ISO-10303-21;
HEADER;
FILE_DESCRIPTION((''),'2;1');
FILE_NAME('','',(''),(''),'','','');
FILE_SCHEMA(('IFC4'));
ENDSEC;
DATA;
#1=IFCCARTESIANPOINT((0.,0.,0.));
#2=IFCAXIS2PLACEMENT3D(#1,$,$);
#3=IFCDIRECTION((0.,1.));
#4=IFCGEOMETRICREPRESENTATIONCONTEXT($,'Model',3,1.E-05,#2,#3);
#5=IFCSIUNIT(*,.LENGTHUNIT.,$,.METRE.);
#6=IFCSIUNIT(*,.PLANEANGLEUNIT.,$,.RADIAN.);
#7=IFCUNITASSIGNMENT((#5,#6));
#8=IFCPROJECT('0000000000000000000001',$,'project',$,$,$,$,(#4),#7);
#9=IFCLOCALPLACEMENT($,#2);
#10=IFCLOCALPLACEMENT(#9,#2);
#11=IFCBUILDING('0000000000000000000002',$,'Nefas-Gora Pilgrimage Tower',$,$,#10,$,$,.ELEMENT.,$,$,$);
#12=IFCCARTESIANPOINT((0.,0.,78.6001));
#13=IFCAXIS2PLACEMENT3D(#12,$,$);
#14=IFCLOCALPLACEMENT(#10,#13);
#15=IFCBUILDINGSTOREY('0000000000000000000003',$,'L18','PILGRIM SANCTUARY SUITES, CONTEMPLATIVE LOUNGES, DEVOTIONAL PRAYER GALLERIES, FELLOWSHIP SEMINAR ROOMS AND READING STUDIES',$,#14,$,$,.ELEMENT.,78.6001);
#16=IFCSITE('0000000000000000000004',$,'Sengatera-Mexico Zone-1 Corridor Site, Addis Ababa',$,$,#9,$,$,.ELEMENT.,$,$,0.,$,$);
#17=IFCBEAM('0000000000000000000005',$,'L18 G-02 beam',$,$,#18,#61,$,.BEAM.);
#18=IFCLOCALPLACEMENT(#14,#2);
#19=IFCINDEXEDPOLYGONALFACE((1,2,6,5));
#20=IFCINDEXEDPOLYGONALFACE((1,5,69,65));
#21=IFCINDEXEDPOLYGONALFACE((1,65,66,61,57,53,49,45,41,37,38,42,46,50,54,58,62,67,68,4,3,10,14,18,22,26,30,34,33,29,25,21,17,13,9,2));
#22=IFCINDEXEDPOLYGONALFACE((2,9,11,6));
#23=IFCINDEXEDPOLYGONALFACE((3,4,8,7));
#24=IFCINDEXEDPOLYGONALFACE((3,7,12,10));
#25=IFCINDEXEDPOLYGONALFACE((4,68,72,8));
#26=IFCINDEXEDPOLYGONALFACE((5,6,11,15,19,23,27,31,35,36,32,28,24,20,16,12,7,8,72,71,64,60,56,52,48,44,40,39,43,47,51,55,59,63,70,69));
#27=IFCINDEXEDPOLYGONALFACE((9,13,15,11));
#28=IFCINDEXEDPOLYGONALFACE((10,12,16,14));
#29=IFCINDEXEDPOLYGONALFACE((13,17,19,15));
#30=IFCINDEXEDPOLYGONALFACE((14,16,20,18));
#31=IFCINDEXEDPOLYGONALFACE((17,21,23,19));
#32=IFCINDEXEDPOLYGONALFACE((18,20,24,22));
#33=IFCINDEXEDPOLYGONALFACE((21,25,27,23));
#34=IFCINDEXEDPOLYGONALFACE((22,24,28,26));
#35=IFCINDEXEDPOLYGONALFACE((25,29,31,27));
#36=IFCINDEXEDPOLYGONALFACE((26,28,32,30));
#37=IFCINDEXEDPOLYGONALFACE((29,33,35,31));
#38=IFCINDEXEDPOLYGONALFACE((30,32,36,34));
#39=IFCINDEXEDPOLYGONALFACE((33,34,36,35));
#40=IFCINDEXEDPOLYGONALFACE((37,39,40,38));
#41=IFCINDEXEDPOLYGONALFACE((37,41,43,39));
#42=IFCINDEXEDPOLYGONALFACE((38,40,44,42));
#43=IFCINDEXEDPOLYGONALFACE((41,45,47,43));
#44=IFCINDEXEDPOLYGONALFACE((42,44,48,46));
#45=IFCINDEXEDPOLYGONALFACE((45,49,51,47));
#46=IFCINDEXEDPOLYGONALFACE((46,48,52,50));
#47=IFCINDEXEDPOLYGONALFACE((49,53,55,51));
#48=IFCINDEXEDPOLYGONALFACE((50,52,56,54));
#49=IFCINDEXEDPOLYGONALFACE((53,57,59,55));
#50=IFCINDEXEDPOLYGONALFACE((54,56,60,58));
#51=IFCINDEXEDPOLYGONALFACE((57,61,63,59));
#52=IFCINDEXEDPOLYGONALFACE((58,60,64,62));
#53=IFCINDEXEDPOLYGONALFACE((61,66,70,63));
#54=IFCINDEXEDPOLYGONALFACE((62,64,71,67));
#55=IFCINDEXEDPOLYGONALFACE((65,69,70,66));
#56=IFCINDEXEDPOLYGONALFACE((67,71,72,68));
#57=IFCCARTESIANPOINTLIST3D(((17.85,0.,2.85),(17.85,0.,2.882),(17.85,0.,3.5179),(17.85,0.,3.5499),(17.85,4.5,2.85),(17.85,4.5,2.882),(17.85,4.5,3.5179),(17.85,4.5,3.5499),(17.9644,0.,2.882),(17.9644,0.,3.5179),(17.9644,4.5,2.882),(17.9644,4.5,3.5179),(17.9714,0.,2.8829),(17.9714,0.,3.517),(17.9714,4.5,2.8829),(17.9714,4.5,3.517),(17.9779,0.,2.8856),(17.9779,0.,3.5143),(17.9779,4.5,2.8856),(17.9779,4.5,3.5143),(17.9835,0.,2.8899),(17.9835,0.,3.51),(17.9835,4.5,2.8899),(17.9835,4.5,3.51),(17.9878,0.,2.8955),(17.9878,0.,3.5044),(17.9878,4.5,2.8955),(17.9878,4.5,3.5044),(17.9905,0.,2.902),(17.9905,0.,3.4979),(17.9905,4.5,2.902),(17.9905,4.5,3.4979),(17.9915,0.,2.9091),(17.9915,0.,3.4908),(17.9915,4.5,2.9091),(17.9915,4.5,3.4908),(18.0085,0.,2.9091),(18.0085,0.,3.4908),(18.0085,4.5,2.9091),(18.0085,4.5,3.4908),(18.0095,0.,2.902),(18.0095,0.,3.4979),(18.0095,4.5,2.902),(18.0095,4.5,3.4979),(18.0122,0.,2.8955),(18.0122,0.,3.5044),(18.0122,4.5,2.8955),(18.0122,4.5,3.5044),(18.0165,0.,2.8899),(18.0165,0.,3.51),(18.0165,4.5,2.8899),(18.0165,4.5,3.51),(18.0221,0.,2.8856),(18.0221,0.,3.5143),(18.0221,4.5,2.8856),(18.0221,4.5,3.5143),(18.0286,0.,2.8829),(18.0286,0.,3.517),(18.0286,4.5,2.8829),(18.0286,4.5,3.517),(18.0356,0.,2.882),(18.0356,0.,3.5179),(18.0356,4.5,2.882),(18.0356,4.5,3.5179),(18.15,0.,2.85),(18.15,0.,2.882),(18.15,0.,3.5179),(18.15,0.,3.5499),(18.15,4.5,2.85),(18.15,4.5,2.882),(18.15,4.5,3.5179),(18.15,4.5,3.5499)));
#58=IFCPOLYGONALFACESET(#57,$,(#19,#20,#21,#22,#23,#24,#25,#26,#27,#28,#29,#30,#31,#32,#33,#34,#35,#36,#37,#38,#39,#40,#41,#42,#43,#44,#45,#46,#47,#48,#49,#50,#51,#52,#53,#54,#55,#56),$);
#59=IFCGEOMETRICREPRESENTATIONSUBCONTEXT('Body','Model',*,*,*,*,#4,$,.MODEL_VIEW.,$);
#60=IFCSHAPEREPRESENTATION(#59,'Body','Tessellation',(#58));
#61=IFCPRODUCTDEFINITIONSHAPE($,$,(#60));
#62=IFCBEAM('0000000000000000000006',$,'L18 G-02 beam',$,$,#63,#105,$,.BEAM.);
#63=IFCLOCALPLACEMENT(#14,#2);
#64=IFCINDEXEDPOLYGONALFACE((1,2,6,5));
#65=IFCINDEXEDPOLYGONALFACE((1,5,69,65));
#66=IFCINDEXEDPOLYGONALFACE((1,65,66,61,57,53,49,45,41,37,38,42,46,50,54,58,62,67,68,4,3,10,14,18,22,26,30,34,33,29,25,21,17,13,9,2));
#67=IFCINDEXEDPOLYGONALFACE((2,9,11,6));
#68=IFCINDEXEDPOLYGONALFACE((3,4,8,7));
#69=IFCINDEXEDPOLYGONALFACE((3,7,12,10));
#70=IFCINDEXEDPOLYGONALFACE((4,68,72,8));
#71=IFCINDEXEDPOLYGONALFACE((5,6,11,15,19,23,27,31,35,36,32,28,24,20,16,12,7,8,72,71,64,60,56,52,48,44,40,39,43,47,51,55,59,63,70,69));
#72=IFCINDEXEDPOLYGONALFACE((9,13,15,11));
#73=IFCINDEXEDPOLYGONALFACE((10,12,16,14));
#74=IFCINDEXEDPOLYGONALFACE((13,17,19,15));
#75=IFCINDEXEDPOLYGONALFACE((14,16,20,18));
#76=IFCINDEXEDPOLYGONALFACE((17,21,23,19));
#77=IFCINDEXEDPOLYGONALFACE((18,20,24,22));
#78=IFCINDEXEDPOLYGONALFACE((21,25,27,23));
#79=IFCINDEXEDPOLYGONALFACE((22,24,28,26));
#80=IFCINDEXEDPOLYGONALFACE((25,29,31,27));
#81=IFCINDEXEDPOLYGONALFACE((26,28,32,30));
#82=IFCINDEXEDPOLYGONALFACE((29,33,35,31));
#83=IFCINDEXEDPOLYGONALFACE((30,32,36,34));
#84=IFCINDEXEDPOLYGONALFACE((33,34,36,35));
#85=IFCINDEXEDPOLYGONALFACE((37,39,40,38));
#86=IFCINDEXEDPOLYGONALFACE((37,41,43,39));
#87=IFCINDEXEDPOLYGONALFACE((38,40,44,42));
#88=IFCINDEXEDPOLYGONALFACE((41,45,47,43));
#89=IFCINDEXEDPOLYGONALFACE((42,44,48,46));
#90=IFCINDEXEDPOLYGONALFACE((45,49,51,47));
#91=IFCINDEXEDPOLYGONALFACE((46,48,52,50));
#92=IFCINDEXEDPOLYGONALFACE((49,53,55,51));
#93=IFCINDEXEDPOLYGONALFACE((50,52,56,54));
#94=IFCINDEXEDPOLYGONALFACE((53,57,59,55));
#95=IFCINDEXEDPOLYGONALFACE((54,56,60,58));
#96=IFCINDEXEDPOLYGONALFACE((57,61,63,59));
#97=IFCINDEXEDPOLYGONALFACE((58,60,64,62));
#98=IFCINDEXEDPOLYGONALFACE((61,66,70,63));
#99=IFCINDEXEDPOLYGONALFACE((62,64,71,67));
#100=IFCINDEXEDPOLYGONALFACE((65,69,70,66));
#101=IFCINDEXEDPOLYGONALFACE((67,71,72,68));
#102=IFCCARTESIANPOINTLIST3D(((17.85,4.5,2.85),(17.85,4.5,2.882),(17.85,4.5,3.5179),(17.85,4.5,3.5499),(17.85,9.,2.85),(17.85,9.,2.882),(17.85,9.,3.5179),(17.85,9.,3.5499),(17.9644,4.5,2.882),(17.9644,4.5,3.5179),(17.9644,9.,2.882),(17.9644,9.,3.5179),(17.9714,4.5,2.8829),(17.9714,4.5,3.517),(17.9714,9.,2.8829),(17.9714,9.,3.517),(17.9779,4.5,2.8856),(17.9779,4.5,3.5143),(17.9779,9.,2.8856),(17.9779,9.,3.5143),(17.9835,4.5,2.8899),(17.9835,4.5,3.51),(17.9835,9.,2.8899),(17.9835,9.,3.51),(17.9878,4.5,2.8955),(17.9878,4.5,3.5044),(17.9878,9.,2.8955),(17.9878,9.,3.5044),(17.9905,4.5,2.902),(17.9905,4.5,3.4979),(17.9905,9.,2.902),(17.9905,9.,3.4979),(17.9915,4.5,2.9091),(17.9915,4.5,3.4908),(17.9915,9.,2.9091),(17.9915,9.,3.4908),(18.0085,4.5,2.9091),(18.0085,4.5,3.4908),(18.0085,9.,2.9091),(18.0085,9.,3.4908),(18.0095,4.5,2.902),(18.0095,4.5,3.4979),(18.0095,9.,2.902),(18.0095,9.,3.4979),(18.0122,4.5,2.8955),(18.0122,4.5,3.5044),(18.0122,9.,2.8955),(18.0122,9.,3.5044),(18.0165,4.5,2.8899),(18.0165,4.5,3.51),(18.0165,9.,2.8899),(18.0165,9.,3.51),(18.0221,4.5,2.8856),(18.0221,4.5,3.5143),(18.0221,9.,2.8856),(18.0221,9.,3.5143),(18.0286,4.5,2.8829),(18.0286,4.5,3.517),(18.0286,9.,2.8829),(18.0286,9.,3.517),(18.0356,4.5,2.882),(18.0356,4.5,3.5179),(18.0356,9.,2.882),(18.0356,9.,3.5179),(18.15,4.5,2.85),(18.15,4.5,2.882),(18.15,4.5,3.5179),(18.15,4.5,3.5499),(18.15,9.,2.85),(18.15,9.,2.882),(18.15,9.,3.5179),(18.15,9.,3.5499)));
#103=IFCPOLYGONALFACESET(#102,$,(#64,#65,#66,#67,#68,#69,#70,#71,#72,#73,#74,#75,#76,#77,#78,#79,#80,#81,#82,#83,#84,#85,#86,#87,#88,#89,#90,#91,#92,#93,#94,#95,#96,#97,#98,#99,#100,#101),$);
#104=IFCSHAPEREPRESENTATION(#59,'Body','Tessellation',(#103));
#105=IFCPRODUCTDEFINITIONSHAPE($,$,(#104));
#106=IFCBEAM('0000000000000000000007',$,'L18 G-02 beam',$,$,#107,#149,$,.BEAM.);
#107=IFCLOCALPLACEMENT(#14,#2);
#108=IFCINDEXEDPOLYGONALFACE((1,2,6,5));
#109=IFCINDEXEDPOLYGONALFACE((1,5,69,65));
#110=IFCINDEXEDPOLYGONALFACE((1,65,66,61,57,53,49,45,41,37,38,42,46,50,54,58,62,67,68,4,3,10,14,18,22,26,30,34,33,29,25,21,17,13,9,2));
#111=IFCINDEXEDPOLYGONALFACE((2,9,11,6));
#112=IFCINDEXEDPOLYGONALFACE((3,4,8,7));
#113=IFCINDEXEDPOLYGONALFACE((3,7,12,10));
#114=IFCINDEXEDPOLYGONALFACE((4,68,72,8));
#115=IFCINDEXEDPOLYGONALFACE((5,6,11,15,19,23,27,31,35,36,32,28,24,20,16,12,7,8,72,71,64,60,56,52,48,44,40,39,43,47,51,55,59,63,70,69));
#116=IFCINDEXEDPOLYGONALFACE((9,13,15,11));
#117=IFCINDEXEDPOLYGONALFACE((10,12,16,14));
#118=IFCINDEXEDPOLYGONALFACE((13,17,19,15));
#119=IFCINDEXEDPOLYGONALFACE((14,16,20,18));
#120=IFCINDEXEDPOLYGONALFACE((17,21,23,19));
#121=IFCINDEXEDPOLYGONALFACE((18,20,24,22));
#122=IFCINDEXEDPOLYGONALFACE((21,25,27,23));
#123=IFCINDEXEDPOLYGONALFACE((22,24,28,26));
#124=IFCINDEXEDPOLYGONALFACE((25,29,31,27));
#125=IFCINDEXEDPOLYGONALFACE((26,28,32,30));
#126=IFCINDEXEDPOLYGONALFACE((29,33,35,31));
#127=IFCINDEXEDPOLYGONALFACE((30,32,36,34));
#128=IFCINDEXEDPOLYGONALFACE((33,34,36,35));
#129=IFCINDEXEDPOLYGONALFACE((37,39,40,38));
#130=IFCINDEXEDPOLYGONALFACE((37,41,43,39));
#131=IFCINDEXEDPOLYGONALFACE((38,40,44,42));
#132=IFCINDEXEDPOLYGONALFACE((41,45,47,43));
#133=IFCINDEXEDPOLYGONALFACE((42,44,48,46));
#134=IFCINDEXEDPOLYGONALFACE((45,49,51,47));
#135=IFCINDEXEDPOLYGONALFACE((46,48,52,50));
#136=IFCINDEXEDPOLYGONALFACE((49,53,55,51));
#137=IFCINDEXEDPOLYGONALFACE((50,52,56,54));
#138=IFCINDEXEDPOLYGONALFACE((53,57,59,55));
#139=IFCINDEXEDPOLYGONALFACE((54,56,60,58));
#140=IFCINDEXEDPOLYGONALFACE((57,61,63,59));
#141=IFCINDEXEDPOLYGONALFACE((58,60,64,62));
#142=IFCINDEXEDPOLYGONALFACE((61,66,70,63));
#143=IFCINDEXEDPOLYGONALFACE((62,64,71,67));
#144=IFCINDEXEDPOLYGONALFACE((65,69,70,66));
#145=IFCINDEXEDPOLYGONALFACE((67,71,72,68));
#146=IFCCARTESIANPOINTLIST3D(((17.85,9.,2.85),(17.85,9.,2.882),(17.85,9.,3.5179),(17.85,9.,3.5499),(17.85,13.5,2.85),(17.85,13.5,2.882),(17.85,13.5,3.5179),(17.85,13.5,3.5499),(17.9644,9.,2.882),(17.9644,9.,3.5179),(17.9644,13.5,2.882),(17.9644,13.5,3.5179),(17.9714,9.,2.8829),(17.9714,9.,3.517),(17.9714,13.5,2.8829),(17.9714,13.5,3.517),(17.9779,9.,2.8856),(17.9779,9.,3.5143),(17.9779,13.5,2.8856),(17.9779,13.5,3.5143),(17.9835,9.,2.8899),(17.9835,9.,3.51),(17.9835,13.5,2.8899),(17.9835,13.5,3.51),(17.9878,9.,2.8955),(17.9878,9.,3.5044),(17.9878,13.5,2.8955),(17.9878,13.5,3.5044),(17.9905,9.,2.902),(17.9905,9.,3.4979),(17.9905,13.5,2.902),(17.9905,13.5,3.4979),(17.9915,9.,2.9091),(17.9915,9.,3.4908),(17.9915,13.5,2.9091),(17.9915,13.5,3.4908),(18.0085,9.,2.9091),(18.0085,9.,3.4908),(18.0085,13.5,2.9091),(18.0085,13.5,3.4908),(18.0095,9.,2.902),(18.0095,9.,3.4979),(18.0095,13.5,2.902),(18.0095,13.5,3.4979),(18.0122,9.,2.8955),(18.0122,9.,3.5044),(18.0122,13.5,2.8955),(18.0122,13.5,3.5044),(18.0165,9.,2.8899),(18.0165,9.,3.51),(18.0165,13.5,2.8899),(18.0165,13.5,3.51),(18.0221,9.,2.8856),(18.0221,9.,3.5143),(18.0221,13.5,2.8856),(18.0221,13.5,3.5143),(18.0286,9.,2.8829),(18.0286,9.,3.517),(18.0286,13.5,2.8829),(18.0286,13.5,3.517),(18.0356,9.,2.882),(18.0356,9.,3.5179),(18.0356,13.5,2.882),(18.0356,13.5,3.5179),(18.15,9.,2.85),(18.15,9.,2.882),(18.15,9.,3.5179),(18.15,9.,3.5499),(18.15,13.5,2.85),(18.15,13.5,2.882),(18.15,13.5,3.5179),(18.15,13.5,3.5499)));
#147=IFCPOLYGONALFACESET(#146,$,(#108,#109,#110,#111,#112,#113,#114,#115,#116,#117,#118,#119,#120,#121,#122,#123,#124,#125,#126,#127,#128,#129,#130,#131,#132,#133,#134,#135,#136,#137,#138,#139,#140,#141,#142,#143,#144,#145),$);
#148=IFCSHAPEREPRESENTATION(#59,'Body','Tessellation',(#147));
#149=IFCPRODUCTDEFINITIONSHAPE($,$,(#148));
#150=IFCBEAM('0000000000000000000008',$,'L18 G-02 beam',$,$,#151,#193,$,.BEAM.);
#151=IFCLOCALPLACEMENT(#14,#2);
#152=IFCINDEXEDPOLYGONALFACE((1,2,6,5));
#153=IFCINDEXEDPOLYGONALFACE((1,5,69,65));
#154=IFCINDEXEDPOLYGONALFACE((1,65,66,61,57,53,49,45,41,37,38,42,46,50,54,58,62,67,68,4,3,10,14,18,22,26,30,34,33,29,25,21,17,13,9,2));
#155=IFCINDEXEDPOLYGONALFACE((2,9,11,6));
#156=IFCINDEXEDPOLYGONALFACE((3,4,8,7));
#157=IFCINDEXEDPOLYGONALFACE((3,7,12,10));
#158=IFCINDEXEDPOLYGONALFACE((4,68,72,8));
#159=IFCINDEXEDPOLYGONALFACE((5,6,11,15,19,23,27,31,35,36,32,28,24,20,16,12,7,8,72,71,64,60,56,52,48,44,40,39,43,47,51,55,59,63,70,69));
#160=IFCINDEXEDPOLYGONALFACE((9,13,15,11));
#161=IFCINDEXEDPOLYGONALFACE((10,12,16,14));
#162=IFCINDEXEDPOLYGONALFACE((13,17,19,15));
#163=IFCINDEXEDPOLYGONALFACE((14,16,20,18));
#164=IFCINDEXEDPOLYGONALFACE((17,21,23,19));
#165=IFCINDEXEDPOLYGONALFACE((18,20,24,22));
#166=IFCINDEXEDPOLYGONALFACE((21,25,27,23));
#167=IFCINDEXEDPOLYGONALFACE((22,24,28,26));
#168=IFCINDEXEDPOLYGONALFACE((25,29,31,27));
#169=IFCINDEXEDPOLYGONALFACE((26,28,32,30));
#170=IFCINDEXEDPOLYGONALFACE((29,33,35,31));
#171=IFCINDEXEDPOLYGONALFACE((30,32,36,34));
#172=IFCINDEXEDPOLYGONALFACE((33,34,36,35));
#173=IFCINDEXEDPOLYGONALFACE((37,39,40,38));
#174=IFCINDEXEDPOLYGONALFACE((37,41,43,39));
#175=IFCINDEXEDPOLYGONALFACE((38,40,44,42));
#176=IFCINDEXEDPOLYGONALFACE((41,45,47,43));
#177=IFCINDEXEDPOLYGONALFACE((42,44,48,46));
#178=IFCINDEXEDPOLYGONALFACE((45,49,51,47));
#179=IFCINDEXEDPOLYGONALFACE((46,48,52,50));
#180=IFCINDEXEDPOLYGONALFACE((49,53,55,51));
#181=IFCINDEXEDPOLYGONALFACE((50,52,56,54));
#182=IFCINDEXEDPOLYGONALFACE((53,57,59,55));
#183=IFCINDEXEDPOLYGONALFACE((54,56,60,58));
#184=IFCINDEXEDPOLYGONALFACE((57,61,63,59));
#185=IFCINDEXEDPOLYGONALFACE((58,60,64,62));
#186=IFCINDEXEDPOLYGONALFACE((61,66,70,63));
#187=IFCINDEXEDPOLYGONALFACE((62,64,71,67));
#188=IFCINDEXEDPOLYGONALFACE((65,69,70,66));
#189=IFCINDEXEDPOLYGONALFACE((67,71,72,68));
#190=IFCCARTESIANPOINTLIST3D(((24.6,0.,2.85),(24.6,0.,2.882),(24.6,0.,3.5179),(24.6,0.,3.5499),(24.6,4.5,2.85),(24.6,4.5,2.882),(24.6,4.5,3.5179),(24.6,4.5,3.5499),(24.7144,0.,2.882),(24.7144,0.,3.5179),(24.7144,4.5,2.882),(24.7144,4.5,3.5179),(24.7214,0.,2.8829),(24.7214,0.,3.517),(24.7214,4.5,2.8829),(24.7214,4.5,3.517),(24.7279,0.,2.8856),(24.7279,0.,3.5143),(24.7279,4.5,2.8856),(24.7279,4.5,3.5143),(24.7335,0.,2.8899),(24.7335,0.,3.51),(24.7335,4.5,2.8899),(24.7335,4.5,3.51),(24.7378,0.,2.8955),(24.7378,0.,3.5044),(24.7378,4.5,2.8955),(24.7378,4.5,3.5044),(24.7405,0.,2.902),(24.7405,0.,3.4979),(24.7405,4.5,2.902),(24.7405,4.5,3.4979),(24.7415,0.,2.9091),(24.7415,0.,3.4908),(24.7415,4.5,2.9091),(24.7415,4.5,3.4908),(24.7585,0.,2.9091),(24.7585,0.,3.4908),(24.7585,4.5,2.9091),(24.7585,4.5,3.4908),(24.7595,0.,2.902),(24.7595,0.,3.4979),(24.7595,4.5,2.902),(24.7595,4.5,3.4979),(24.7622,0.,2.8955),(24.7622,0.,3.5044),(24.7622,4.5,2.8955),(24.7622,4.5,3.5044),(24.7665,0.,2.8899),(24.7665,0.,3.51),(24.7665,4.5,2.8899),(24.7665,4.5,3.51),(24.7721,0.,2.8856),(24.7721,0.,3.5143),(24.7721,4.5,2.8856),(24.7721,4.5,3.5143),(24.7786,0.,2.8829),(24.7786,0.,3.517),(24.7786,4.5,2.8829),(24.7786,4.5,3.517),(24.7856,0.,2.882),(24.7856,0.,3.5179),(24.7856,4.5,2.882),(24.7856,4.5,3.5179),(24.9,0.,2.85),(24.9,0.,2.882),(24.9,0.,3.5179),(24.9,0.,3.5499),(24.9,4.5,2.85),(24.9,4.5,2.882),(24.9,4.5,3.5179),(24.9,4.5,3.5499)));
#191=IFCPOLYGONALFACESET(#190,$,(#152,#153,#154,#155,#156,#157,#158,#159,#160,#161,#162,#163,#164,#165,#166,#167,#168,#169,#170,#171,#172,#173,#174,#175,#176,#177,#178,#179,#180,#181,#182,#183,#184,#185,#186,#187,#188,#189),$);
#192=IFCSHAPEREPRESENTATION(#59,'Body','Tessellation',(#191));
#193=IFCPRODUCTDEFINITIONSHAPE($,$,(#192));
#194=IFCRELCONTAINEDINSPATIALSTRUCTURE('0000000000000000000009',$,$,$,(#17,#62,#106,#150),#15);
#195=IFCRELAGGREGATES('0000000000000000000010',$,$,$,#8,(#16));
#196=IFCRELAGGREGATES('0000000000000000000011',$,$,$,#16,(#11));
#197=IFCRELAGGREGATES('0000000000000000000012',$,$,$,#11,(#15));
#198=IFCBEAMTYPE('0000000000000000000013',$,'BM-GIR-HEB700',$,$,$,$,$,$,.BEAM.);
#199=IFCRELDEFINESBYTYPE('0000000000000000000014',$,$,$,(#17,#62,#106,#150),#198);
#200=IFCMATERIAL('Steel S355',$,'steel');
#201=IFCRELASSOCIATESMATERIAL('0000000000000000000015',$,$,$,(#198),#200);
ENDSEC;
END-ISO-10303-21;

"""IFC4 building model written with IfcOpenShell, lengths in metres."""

from ifc_helpers import new_model, si_unit, direction, frame, origin, origin_2d, place, context, subcontext, project, spatial, i_section, extrude, source, transform, mapped, material, material_profile, profile_set, type_object, element, save


model = new_model("IFC4")

# Units and contexts
model_context = context("Model", 3, precision=1e-05, world=origin(), true_north=direction((0.0, 1.0)))
body_context = subcontext(model_context, "Body", "Model", "MODEL_VIEW")
ifc_project = project(units=[si_unit("LENGTHUNIT", "METRE"), si_unit("PLANEANGLEUNIT", "RADIAN")], contexts=[model_context])

# Site, building, storey
site_placement = place(None, origin())
site = spatial("IfcSite", under=ifc_project, at=site_placement, Name="Sengatera-Mexico Zone-1 Corridor Site, Addis Ababa", CompositionType="ELEMENT", RefElevation=0.0)
building_placement = place(site_placement, origin())
building = spatial("IfcBuilding", under=site, at=building_placement, Name="Nefas-Gora Pilgrimage Tower", CompositionType="ELEMENT")
storey_placement = place(building_placement, frame((0.0, 0.0, 78.6001)))
storey = spatial("IfcBuildingStorey", under=building, at=storey_placement, Name="L18", Description="PILGRIM SANCTUARY SUITES, CONTEMPLATIVE LOUNGES, DEVOTIONAL PRAYER GALLERIES, FELLOWSHIP SEMINAR ROOMS AND READING STUDIES", CompositionType="ELEMENT", Elevation=78.6001)

# Beams
ifc_material_1 = material(Name="Steel S355", Category="steel")
ifc_material_profile_1 = material_profile(ifc_material_1, i_section(OverallWidth=0.3, OverallDepth=0.7, WebThickness=0.0171, FlangeThickness=0.032, FilletRadius=0.0271, at=origin_2d()), Name="HEB 700")
ifc_profile_set_1 = profile_set([ifc_material_profile_1], Name="Steel S355")
beam_type_1 = type_object("IfcBeamType", Name="BM-GIR-HEB700", PredefinedType="BEAM", material=ifc_profile_set_1)
shared_shape_1 = source(origin(), body_context, "Body", "SweptSolid", [
    extrude(i_section(OverallWidth=0.3, OverallDepth=0.7, WebThickness=0.0171, FlangeThickness=0.032, FilletRadius=0.0271, at=origin_2d()), origin(), (0.0, 0.0, 1.0), 4.5),
])
for number, where, z_axis, x_axis, name in (
    (1, (18.0, 0.0, 3.2), (0.0, 1.0, 0.0), (-1.0, 0.0, 0.0), "L18 G-02 beam"),
    (2, (18.0, 4.5, 3.2), (0.0, 1.0, 0.0), (-1.0, 0.0, 0.0), "L18 G-02 beam"),
    (3, (18.0, 9.0, 3.2), (0.0, 1.0, 0.0), (-1.0, 0.0, 0.0), "L18 G-02 beam"),
    (4, (24.75, 0.0, 3.2), (0.0, 1.0, 0.0), (-1.0, 0.0, 0.0), "L18 G-02 beam"),
):
    element("IfcBeam", number, at=place(storey_placement, frame(where, z_axis=z_axis, x_axis=x_axis)), inside=storey, type_object=beam_type_1, Name=name, PredefinedType="BEAM", context=body_context, shape_type="MappedRepresentation", body=[
        mapped(shared_shape_1, transform((0.0, 0.0, 0.0), x_axis=(1.0, 0.0, 0.0), y_axis=(0.0, 1.0, 0.0), z_axis=(0.0, 0.0, 1.0), scale=1.0)),
    ])

save(model, "model.ifc")
